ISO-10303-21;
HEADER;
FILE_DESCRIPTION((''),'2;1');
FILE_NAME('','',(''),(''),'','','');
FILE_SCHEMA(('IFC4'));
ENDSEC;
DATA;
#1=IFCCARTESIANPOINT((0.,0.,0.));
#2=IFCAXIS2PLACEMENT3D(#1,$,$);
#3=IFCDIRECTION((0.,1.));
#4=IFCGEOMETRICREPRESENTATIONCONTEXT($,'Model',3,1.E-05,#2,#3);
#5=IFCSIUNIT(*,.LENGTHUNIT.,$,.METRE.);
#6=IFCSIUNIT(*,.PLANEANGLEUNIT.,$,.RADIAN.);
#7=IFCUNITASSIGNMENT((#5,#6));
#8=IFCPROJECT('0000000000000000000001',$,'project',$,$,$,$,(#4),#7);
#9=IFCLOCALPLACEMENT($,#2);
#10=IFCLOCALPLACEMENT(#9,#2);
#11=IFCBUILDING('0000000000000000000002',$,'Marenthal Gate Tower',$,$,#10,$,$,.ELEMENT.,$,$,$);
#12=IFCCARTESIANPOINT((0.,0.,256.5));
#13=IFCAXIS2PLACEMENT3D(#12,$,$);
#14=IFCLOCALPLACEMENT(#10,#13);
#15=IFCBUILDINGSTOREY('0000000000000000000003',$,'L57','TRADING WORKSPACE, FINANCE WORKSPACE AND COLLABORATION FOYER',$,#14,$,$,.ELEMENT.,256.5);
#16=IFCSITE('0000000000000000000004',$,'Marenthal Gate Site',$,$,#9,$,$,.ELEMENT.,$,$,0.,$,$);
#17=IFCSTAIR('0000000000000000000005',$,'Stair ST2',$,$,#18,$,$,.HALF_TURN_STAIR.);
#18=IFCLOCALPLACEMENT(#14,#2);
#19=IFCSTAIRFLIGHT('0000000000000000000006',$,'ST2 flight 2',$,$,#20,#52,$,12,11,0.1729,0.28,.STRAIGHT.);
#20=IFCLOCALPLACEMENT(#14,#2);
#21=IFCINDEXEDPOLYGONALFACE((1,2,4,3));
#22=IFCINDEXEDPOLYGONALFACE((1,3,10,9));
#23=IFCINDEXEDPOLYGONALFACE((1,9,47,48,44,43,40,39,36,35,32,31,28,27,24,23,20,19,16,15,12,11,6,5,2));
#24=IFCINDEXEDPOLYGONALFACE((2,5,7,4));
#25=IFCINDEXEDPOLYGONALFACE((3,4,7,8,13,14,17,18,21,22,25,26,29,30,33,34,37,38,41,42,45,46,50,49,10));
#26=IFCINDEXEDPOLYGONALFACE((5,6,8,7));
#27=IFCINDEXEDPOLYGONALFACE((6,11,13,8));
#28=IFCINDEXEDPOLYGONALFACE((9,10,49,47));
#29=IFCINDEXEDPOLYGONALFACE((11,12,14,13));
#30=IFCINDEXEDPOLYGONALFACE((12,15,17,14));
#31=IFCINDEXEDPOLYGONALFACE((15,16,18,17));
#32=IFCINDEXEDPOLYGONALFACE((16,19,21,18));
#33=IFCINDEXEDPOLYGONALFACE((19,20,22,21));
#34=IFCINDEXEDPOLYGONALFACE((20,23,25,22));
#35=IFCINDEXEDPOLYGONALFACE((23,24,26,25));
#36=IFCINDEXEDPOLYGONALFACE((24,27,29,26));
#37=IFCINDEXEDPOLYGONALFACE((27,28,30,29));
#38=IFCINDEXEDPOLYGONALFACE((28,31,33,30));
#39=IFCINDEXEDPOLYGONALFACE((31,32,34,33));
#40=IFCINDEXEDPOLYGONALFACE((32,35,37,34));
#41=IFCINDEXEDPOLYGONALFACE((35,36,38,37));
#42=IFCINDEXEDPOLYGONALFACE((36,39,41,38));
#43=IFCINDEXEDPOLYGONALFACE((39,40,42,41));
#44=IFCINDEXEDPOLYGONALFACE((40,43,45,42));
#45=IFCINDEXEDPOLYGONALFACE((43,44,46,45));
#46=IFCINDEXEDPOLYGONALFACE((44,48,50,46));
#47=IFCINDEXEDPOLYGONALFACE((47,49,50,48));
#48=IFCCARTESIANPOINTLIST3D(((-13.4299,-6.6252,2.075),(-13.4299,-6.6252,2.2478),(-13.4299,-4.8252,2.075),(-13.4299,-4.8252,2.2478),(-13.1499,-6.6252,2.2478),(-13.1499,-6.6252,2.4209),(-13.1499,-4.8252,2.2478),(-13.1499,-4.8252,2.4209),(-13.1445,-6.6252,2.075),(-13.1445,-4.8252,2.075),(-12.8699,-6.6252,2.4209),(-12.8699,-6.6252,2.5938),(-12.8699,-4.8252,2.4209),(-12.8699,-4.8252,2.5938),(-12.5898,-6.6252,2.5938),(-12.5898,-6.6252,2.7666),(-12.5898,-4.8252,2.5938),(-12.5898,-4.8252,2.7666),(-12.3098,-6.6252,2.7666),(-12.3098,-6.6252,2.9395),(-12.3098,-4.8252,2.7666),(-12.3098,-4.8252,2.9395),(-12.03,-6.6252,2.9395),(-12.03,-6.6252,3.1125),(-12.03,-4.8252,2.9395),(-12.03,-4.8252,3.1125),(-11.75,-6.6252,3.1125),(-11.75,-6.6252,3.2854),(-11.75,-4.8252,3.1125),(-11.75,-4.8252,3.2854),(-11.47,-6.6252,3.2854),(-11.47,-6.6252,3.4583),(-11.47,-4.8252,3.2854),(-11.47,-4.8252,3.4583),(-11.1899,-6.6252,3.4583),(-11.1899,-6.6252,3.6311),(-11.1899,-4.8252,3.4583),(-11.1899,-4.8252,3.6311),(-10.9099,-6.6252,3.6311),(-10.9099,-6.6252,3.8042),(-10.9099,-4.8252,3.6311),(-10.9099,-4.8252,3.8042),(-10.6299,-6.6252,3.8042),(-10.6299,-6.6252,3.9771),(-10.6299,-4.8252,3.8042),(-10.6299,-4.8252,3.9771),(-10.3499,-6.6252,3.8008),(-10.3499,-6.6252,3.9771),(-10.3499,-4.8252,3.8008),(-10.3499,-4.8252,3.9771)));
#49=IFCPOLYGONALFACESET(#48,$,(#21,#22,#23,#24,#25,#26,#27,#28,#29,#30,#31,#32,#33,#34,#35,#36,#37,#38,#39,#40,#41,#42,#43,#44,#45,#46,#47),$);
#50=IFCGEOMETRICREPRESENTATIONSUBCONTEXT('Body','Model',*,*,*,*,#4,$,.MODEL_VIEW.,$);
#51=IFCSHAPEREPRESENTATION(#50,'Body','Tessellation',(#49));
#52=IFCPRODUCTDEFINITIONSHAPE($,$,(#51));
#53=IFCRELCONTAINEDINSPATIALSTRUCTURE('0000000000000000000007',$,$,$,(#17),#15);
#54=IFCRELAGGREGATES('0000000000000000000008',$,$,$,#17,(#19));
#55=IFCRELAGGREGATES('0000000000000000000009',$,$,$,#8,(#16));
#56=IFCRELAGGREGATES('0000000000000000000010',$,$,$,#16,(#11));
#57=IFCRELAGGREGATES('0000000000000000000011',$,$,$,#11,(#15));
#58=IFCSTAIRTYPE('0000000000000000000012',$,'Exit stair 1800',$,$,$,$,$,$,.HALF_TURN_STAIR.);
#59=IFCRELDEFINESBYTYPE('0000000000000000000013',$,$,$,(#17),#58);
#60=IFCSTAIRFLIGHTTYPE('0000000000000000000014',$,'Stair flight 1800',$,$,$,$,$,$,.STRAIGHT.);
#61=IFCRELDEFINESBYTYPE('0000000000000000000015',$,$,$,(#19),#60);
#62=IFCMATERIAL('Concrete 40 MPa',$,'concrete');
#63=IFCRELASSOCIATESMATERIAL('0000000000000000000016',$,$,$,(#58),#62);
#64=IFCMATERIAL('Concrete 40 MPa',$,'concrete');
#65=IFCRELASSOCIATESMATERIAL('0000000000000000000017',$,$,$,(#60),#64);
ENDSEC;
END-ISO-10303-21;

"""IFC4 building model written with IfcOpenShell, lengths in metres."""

from ifc_helpers import new_model, si_unit, direction, frame, origin, place, context, subcontext, project, spatial, polyline, outline, extrude, material, type_object, element, aggregate, save


model = new_model("IFC4")

# Units and contexts
model_context = context("Model", 3, precision=1e-05, world=origin(), true_north=direction((0.0, 1.0)))
body_context = subcontext(model_context, "Body", "Model", "MODEL_VIEW")
ifc_project = project(units=[si_unit("LENGTHUNIT", "METRE"), si_unit("PLANEANGLEUNIT", "RADIAN")], contexts=[model_context])

# Site, building, storey
site_placement = place(None, origin())
site = spatial("IfcSite", under=ifc_project, at=site_placement, Name="Marenthal Gate Site", CompositionType="ELEMENT", RefElevation=0.0)
building_placement = place(site_placement, origin())
building = spatial("IfcBuilding", under=site, at=building_placement, Name="Marenthal Gate Tower", CompositionType="ELEMENT")
storey_placement = place(building_placement, frame((0.0, 0.0, 256.5)))
storey = spatial("IfcBuildingStorey", under=building, at=storey_placement, Name="L57", Description="TRADING WORKSPACE, FINANCE WORKSPACE AND COLLABORATION FOYER", CompositionType="ELEMENT", Elevation=256.5)

# Stair, stair flight
ifc_material_1 = material(Name="Concrete 40 MPa", Category="concrete")
stair_type = type_object("IfcStairType", Name="Exit stair 1800", PredefinedType="HALF_TURN_STAIR", material=ifc_material_1)
stair_placement = place(storey_placement, origin())
stair = element("IfcStair", 1, at=stair_placement, inside=storey, type_object=stair_type, Name="Stair ST2", PredefinedType="HALF_TURN_STAIR")
ifc_material_2 = material(Name="Concrete 40 MPa", Category="concrete")
stair_flight_type = type_object("IfcStairFlightType", Name="Stair flight 1800", PredefinedType="STRAIGHT", material=ifc_material_2)
stair_flight_1_placement = place(storey_placement, frame((-13.4299, -5.7251, 2.075), z_axis=(0.0, 0.0, 1.0), x_axis=(1.0, 0.0, 0.0)))
stair_flight_1 = element("IfcStairFlight", 2, at=stair_flight_1_placement, type_object=stair_flight_type, Name="ST2 flight 2", NumberOfRisers=12, NumberOfTreads=11, PredefinedType="STRAIGHT", RiserHeight=0.1729, TreadLength=0.28, context=body_context, shape_type="SweptSolid", body=[
    extrude(outline(polyline([(0.0, 0.0), (0.0, 0.1729), (0.28, 0.1729), (0.28, 0.3459), (0.5601, 0.3459), (0.5601, 0.5188), (0.8401, 0.5188), (0.8401, 0.6917), (1.1201, 0.6917), (1.1201, 0.8645), (1.3999, 0.8645), (1.3999, 1.0376), (1.6799, 1.0376), (1.6799, 1.2104), (1.96, 1.2104), (1.96, 1.3833), (2.24, 1.3833), (2.24, 1.5562), (2.52, 1.5562), (2.52, 1.7292), (2.8, 1.7292), (2.8, 1.9021), (3.0801, 1.9021), (3.0801, 2.075), (3.0801, 1.7258), (0.2854, 0.0), (0.0, 0.0)])), frame((0.0, 0.8999, 0.0), z_axis=(0.0, -1.0, 0.0), x_axis=(1.0, 0.0, 0.0)), (0.0, 0.0, 1.0), 1.8),
])
aggregate(stair, [stair_flight_1])

save(model, "model.ifc")
